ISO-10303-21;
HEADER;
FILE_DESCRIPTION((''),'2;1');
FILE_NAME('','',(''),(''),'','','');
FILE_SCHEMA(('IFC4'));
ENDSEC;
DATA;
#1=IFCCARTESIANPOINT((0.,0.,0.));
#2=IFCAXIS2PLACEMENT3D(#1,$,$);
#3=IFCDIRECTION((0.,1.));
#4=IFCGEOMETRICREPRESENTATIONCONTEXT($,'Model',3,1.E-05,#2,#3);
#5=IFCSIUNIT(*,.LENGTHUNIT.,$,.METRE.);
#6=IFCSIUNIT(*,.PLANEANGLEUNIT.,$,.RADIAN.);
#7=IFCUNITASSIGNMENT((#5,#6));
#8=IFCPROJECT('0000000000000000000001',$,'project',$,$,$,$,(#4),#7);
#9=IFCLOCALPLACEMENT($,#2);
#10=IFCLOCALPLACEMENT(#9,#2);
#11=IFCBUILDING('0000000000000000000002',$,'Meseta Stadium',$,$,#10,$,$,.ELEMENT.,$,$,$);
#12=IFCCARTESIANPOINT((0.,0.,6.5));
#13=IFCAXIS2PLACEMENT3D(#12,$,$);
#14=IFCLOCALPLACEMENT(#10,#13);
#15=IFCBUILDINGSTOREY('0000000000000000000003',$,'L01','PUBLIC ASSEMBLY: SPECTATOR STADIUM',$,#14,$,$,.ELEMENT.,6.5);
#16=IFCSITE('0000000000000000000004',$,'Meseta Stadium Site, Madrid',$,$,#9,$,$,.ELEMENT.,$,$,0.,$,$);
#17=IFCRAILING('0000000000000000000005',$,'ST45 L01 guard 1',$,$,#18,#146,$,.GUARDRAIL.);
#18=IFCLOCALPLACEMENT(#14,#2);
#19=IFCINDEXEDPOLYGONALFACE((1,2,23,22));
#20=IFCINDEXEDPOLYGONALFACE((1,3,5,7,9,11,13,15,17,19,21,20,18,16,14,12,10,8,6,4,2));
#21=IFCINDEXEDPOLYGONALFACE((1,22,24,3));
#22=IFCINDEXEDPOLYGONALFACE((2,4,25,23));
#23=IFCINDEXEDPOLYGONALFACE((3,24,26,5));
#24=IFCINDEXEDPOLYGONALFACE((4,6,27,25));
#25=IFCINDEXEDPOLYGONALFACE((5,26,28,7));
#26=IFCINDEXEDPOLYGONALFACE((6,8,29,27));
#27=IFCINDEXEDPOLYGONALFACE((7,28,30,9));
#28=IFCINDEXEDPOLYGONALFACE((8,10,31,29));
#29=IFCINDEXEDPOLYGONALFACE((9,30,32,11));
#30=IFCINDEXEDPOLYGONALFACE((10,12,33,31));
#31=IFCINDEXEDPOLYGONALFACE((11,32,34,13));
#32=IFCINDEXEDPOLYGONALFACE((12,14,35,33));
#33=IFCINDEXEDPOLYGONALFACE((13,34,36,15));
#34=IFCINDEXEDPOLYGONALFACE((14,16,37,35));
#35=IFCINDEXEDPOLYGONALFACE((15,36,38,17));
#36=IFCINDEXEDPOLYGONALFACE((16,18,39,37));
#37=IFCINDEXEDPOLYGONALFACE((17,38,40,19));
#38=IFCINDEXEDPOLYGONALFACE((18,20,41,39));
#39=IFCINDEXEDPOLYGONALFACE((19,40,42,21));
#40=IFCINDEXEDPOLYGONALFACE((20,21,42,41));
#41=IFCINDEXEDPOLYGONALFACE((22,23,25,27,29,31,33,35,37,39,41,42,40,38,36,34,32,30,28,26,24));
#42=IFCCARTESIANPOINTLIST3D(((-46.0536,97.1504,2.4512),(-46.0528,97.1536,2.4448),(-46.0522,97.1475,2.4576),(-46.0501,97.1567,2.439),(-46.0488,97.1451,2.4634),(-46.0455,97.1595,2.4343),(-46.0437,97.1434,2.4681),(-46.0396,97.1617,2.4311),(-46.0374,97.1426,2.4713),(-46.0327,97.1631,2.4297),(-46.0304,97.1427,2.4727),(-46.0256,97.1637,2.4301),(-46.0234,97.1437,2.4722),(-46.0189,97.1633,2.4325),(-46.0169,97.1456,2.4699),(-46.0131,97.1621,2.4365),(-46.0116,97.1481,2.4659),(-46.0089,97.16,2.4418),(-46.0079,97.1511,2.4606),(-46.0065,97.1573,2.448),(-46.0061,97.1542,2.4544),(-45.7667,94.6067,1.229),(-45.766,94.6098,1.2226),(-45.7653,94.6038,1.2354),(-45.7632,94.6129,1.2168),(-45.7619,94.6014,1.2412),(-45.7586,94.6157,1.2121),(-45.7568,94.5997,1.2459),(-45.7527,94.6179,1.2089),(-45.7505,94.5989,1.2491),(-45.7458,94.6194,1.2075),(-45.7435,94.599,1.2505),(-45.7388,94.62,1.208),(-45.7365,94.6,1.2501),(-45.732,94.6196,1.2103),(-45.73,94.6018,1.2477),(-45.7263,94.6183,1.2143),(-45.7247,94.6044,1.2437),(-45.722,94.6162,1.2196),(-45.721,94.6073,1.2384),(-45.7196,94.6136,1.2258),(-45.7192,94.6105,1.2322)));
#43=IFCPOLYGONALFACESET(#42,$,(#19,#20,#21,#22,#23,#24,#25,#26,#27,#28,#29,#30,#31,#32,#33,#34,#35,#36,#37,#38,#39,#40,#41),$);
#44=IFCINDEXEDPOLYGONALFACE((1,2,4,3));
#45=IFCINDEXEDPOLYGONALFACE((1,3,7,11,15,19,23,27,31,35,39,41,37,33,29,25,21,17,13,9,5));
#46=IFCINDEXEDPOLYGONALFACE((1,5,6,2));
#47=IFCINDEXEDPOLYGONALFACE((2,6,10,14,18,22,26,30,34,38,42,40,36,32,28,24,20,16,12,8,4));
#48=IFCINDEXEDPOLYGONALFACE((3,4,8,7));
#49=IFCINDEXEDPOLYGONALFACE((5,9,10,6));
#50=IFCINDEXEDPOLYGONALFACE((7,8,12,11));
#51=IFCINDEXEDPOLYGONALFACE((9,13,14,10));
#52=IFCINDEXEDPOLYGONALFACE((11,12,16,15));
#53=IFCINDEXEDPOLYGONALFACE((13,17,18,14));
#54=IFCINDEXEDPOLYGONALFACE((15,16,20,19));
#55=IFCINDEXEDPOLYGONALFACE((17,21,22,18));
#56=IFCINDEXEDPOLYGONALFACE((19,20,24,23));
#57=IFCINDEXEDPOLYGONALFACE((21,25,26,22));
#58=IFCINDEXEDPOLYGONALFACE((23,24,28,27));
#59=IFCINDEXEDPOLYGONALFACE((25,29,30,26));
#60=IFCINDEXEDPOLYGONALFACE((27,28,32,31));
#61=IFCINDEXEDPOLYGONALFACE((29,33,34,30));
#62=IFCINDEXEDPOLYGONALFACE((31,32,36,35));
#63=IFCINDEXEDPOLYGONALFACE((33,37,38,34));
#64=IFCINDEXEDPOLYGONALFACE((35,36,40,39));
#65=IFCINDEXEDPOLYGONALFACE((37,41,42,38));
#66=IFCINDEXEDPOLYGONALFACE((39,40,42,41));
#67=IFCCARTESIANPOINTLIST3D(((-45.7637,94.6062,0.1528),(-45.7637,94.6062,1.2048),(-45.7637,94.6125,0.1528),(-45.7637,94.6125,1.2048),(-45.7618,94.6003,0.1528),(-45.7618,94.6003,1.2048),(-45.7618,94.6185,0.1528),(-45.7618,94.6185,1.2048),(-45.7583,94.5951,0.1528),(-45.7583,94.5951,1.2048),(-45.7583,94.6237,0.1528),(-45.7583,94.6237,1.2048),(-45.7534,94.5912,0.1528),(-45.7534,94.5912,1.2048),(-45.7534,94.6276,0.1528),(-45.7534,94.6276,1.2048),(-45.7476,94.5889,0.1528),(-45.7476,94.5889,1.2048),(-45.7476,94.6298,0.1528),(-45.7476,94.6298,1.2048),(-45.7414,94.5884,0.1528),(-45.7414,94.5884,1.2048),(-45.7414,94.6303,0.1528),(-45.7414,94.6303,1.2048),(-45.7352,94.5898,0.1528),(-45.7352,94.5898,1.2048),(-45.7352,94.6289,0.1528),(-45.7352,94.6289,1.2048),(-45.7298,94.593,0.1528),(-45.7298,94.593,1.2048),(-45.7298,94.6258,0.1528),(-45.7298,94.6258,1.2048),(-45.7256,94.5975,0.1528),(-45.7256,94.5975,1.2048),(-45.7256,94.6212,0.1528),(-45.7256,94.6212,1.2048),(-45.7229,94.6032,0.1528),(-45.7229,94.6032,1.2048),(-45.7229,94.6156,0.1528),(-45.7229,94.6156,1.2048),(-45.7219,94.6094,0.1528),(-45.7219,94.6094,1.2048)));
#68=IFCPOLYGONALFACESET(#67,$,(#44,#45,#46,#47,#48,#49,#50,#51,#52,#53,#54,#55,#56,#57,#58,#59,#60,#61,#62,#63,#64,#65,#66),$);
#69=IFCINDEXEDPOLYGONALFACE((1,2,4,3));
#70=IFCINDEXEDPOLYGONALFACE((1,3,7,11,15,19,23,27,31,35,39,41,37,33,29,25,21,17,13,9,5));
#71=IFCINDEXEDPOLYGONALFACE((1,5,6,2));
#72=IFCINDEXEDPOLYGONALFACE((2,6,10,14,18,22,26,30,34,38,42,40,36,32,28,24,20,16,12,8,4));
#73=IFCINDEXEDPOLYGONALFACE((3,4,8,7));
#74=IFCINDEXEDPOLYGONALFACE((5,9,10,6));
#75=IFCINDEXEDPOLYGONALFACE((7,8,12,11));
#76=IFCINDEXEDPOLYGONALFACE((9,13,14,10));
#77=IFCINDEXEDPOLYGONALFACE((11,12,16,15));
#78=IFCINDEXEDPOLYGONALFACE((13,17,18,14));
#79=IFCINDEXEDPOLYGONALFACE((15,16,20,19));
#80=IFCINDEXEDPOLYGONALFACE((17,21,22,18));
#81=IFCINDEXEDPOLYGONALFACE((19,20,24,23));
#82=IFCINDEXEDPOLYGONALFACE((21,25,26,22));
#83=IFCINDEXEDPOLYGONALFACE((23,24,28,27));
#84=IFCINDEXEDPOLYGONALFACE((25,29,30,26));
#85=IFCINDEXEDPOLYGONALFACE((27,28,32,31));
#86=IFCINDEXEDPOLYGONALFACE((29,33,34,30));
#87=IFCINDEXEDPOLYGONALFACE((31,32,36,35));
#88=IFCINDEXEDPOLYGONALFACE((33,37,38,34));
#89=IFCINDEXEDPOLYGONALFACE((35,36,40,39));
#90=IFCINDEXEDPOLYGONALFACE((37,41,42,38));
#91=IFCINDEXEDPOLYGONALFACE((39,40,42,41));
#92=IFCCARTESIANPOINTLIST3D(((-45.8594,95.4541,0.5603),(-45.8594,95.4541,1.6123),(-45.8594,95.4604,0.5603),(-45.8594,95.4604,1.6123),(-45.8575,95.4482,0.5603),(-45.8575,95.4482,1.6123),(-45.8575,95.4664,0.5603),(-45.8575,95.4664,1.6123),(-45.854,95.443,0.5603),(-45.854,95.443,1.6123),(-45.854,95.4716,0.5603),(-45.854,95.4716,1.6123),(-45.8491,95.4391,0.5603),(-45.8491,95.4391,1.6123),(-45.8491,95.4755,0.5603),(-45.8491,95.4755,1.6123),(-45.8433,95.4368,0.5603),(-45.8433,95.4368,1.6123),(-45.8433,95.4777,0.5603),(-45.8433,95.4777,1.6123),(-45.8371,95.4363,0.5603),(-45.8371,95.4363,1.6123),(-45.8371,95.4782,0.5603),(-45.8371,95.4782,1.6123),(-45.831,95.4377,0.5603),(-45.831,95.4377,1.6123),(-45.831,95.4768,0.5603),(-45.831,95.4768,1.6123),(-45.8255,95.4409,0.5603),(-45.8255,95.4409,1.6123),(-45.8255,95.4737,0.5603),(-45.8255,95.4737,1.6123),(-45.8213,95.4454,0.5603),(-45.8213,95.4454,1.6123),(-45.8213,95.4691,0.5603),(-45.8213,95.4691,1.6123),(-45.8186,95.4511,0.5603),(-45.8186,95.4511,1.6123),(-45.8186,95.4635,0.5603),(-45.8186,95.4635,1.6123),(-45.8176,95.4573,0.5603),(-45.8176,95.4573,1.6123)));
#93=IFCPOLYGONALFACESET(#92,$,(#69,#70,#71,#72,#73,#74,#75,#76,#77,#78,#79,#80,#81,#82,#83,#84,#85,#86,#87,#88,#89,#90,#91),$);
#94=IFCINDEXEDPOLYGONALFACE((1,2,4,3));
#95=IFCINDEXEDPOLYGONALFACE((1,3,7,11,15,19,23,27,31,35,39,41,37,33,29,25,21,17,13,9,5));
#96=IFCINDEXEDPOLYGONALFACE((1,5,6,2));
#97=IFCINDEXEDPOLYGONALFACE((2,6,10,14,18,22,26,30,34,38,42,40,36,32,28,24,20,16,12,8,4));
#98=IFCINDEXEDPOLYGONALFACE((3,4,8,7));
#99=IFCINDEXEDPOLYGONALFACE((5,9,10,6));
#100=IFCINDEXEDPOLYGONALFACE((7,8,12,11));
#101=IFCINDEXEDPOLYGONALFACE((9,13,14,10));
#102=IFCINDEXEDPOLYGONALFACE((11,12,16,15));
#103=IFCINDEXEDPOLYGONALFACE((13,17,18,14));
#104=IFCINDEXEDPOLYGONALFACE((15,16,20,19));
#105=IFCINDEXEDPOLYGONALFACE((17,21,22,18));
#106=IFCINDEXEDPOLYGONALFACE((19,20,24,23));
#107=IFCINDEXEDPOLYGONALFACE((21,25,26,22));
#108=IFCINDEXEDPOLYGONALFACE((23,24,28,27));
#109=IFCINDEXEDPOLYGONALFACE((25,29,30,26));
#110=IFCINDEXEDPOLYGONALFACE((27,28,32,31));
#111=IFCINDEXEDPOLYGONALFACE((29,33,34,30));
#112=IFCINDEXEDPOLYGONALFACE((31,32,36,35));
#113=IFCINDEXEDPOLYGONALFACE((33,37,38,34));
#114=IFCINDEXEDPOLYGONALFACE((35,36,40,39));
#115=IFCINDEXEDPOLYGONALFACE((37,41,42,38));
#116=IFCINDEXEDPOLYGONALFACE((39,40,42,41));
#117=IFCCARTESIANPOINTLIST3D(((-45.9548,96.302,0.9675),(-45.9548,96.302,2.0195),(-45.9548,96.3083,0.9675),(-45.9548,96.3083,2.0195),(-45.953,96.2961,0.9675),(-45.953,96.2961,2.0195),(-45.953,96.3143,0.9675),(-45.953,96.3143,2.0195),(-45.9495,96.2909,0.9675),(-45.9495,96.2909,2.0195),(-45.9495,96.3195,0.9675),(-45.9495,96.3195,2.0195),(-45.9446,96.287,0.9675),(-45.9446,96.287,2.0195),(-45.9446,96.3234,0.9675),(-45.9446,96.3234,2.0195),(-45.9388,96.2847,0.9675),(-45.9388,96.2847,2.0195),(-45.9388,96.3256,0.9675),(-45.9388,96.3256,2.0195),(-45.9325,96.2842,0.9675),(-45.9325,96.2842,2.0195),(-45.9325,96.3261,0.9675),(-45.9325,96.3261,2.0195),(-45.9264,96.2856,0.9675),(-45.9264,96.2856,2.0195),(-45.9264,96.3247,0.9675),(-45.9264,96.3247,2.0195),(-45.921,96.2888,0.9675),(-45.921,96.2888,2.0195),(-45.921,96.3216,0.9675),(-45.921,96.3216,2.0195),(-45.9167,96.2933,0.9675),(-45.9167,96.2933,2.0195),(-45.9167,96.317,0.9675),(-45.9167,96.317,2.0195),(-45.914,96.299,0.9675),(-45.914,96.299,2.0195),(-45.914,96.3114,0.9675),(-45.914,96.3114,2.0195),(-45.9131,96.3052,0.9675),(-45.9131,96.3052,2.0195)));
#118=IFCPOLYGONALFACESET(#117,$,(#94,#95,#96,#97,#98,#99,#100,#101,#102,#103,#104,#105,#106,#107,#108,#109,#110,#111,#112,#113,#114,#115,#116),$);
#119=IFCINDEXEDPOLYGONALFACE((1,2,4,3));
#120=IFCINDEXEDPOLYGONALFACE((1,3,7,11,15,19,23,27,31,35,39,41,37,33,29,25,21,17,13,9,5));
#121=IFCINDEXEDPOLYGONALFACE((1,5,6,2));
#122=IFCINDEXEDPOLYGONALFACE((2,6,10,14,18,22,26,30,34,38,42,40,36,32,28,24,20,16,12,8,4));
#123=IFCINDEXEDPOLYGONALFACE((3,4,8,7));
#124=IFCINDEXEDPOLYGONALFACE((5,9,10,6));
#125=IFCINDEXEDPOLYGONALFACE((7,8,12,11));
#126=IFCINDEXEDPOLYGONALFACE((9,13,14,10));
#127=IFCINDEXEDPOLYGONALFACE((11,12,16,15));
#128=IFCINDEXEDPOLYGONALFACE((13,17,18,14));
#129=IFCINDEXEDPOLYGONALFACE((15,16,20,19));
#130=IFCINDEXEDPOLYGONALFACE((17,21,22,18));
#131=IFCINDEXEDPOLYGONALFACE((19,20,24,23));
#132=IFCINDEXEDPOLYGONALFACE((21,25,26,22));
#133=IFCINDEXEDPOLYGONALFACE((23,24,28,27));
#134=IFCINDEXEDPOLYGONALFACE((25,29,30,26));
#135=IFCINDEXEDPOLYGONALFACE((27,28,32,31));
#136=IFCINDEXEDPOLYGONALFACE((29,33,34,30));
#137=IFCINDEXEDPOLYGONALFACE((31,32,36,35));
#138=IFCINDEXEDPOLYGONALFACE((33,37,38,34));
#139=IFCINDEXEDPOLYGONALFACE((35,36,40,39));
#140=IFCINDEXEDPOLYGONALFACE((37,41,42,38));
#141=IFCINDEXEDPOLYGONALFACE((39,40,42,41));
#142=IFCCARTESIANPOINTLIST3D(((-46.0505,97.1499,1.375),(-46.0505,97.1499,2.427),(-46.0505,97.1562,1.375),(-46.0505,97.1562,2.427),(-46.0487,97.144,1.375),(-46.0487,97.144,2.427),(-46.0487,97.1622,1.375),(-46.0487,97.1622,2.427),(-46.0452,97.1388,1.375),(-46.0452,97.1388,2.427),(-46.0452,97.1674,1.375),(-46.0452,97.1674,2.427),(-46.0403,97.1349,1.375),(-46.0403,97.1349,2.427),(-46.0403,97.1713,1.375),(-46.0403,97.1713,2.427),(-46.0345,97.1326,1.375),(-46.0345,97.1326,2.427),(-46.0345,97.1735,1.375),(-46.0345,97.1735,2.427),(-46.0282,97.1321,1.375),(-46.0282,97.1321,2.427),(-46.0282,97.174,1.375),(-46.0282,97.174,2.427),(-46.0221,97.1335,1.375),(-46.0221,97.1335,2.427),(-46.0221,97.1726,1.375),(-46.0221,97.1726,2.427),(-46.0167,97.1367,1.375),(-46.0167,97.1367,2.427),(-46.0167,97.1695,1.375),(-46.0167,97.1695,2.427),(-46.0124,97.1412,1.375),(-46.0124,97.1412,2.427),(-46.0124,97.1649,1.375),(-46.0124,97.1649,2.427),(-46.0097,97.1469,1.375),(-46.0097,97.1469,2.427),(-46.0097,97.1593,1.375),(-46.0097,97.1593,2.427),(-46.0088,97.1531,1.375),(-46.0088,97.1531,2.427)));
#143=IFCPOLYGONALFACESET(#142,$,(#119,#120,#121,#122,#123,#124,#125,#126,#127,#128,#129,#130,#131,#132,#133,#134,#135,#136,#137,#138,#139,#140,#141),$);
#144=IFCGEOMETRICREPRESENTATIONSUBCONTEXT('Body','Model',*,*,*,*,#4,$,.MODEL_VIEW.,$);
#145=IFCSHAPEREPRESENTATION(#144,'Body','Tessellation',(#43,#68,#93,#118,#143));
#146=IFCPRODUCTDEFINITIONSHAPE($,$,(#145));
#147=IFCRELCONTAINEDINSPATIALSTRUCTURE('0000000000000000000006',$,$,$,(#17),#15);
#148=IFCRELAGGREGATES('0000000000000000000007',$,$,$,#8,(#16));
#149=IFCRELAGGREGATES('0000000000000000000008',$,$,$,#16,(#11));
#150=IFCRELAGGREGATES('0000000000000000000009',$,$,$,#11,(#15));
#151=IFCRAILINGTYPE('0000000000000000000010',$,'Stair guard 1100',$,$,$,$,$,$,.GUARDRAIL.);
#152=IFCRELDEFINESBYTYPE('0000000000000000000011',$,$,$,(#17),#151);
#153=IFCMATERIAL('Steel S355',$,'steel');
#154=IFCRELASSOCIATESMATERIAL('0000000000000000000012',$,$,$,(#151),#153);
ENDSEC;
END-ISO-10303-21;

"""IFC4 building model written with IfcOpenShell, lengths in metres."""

from ifc_helpers import new_model, si_unit, direction, frame, origin, origin_2d, place, context, subcontext, project, spatial, circle, extrude, material, type_object, element, save


model = new_model("IFC4")

# Units and contexts
model_context = context("Model", 3, precision=1e-05, world=origin(), true_north=direction((0.0, 1.0)))
body_context = subcontext(model_context, "Body", "Model", "MODEL_VIEW")
ifc_project = project(units=[si_unit("LENGTHUNIT", "METRE"), si_unit("PLANEANGLEUNIT", "RADIAN")], contexts=[model_context])

# Site, building, storey
site_placement = place(None, origin())
site = spatial("IfcSite", under=ifc_project, at=site_placement, Name="Meseta Stadium Site, Madrid", CompositionType="ELEMENT", RefElevation=0.0)
building_placement = place(site_placement, origin())
building = spatial("IfcBuilding", under=site, at=building_placement, Name="Meseta Stadium", CompositionType="ELEMENT")
storey_placement = place(building_placement, frame((0.0, 0.0, 6.5)))
storey = spatial("IfcBuildingStorey", under=building, at=storey_placement, Name="L01", Description="PUBLIC ASSEMBLY: SPECTATOR STADIUM", CompositionType="ELEMENT", Elevation=6.5)

# Railing
ifc_material_1 = material(Name="Steel S355", Category="steel")
railing_type_1 = type_object("IfcRailingType", Name="Stair guard 1100", PredefinedType="GUARDRAIL", material=ifc_material_1)
railing_1_placement = place(storey_placement, frame((-45.7429, 94.6094, 0.1528)))
element("IfcRailing", 1, at=railing_1_placement, inside=storey, type_object=railing_type_1, Name="ST45 L01 guard 1", PredefinedType="GUARDRAIL", context=body_context, shape_type="SweptSolid", body=[
    extrude(circle(Radius=0.0239, at=origin_2d()), frame((0.0, 0.0, 1.0762), z_axis=(-0.101129, 0.896737, 0.430854), x_axis=(-0.993701, -0.112064, 0.0)), (0.0, 0.0, 1.0), 2.8367),
    extrude(circle(Radius=0.021, at=origin_2d()), origin(), (0.0, 0.0, 1.0), 1.052),
    extrude(circle(Radius=0.021, at=origin_2d()), frame((-0.0957, 0.8479, 0.4075)), (0.0, 0.0, 1.0), 1.052),
    extrude(circle(Radius=0.021, at=origin_2d()), frame((-0.1912, 1.6958, 0.8147)), (0.0, 0.0, 1.0), 1.052),
    extrude(circle(Radius=0.021, at=origin_2d()), frame((-0.2869, 2.5437, 1.2222)), (0.0, 0.0, 1.0), 1.052),
])

save(model, "model.ifc")
